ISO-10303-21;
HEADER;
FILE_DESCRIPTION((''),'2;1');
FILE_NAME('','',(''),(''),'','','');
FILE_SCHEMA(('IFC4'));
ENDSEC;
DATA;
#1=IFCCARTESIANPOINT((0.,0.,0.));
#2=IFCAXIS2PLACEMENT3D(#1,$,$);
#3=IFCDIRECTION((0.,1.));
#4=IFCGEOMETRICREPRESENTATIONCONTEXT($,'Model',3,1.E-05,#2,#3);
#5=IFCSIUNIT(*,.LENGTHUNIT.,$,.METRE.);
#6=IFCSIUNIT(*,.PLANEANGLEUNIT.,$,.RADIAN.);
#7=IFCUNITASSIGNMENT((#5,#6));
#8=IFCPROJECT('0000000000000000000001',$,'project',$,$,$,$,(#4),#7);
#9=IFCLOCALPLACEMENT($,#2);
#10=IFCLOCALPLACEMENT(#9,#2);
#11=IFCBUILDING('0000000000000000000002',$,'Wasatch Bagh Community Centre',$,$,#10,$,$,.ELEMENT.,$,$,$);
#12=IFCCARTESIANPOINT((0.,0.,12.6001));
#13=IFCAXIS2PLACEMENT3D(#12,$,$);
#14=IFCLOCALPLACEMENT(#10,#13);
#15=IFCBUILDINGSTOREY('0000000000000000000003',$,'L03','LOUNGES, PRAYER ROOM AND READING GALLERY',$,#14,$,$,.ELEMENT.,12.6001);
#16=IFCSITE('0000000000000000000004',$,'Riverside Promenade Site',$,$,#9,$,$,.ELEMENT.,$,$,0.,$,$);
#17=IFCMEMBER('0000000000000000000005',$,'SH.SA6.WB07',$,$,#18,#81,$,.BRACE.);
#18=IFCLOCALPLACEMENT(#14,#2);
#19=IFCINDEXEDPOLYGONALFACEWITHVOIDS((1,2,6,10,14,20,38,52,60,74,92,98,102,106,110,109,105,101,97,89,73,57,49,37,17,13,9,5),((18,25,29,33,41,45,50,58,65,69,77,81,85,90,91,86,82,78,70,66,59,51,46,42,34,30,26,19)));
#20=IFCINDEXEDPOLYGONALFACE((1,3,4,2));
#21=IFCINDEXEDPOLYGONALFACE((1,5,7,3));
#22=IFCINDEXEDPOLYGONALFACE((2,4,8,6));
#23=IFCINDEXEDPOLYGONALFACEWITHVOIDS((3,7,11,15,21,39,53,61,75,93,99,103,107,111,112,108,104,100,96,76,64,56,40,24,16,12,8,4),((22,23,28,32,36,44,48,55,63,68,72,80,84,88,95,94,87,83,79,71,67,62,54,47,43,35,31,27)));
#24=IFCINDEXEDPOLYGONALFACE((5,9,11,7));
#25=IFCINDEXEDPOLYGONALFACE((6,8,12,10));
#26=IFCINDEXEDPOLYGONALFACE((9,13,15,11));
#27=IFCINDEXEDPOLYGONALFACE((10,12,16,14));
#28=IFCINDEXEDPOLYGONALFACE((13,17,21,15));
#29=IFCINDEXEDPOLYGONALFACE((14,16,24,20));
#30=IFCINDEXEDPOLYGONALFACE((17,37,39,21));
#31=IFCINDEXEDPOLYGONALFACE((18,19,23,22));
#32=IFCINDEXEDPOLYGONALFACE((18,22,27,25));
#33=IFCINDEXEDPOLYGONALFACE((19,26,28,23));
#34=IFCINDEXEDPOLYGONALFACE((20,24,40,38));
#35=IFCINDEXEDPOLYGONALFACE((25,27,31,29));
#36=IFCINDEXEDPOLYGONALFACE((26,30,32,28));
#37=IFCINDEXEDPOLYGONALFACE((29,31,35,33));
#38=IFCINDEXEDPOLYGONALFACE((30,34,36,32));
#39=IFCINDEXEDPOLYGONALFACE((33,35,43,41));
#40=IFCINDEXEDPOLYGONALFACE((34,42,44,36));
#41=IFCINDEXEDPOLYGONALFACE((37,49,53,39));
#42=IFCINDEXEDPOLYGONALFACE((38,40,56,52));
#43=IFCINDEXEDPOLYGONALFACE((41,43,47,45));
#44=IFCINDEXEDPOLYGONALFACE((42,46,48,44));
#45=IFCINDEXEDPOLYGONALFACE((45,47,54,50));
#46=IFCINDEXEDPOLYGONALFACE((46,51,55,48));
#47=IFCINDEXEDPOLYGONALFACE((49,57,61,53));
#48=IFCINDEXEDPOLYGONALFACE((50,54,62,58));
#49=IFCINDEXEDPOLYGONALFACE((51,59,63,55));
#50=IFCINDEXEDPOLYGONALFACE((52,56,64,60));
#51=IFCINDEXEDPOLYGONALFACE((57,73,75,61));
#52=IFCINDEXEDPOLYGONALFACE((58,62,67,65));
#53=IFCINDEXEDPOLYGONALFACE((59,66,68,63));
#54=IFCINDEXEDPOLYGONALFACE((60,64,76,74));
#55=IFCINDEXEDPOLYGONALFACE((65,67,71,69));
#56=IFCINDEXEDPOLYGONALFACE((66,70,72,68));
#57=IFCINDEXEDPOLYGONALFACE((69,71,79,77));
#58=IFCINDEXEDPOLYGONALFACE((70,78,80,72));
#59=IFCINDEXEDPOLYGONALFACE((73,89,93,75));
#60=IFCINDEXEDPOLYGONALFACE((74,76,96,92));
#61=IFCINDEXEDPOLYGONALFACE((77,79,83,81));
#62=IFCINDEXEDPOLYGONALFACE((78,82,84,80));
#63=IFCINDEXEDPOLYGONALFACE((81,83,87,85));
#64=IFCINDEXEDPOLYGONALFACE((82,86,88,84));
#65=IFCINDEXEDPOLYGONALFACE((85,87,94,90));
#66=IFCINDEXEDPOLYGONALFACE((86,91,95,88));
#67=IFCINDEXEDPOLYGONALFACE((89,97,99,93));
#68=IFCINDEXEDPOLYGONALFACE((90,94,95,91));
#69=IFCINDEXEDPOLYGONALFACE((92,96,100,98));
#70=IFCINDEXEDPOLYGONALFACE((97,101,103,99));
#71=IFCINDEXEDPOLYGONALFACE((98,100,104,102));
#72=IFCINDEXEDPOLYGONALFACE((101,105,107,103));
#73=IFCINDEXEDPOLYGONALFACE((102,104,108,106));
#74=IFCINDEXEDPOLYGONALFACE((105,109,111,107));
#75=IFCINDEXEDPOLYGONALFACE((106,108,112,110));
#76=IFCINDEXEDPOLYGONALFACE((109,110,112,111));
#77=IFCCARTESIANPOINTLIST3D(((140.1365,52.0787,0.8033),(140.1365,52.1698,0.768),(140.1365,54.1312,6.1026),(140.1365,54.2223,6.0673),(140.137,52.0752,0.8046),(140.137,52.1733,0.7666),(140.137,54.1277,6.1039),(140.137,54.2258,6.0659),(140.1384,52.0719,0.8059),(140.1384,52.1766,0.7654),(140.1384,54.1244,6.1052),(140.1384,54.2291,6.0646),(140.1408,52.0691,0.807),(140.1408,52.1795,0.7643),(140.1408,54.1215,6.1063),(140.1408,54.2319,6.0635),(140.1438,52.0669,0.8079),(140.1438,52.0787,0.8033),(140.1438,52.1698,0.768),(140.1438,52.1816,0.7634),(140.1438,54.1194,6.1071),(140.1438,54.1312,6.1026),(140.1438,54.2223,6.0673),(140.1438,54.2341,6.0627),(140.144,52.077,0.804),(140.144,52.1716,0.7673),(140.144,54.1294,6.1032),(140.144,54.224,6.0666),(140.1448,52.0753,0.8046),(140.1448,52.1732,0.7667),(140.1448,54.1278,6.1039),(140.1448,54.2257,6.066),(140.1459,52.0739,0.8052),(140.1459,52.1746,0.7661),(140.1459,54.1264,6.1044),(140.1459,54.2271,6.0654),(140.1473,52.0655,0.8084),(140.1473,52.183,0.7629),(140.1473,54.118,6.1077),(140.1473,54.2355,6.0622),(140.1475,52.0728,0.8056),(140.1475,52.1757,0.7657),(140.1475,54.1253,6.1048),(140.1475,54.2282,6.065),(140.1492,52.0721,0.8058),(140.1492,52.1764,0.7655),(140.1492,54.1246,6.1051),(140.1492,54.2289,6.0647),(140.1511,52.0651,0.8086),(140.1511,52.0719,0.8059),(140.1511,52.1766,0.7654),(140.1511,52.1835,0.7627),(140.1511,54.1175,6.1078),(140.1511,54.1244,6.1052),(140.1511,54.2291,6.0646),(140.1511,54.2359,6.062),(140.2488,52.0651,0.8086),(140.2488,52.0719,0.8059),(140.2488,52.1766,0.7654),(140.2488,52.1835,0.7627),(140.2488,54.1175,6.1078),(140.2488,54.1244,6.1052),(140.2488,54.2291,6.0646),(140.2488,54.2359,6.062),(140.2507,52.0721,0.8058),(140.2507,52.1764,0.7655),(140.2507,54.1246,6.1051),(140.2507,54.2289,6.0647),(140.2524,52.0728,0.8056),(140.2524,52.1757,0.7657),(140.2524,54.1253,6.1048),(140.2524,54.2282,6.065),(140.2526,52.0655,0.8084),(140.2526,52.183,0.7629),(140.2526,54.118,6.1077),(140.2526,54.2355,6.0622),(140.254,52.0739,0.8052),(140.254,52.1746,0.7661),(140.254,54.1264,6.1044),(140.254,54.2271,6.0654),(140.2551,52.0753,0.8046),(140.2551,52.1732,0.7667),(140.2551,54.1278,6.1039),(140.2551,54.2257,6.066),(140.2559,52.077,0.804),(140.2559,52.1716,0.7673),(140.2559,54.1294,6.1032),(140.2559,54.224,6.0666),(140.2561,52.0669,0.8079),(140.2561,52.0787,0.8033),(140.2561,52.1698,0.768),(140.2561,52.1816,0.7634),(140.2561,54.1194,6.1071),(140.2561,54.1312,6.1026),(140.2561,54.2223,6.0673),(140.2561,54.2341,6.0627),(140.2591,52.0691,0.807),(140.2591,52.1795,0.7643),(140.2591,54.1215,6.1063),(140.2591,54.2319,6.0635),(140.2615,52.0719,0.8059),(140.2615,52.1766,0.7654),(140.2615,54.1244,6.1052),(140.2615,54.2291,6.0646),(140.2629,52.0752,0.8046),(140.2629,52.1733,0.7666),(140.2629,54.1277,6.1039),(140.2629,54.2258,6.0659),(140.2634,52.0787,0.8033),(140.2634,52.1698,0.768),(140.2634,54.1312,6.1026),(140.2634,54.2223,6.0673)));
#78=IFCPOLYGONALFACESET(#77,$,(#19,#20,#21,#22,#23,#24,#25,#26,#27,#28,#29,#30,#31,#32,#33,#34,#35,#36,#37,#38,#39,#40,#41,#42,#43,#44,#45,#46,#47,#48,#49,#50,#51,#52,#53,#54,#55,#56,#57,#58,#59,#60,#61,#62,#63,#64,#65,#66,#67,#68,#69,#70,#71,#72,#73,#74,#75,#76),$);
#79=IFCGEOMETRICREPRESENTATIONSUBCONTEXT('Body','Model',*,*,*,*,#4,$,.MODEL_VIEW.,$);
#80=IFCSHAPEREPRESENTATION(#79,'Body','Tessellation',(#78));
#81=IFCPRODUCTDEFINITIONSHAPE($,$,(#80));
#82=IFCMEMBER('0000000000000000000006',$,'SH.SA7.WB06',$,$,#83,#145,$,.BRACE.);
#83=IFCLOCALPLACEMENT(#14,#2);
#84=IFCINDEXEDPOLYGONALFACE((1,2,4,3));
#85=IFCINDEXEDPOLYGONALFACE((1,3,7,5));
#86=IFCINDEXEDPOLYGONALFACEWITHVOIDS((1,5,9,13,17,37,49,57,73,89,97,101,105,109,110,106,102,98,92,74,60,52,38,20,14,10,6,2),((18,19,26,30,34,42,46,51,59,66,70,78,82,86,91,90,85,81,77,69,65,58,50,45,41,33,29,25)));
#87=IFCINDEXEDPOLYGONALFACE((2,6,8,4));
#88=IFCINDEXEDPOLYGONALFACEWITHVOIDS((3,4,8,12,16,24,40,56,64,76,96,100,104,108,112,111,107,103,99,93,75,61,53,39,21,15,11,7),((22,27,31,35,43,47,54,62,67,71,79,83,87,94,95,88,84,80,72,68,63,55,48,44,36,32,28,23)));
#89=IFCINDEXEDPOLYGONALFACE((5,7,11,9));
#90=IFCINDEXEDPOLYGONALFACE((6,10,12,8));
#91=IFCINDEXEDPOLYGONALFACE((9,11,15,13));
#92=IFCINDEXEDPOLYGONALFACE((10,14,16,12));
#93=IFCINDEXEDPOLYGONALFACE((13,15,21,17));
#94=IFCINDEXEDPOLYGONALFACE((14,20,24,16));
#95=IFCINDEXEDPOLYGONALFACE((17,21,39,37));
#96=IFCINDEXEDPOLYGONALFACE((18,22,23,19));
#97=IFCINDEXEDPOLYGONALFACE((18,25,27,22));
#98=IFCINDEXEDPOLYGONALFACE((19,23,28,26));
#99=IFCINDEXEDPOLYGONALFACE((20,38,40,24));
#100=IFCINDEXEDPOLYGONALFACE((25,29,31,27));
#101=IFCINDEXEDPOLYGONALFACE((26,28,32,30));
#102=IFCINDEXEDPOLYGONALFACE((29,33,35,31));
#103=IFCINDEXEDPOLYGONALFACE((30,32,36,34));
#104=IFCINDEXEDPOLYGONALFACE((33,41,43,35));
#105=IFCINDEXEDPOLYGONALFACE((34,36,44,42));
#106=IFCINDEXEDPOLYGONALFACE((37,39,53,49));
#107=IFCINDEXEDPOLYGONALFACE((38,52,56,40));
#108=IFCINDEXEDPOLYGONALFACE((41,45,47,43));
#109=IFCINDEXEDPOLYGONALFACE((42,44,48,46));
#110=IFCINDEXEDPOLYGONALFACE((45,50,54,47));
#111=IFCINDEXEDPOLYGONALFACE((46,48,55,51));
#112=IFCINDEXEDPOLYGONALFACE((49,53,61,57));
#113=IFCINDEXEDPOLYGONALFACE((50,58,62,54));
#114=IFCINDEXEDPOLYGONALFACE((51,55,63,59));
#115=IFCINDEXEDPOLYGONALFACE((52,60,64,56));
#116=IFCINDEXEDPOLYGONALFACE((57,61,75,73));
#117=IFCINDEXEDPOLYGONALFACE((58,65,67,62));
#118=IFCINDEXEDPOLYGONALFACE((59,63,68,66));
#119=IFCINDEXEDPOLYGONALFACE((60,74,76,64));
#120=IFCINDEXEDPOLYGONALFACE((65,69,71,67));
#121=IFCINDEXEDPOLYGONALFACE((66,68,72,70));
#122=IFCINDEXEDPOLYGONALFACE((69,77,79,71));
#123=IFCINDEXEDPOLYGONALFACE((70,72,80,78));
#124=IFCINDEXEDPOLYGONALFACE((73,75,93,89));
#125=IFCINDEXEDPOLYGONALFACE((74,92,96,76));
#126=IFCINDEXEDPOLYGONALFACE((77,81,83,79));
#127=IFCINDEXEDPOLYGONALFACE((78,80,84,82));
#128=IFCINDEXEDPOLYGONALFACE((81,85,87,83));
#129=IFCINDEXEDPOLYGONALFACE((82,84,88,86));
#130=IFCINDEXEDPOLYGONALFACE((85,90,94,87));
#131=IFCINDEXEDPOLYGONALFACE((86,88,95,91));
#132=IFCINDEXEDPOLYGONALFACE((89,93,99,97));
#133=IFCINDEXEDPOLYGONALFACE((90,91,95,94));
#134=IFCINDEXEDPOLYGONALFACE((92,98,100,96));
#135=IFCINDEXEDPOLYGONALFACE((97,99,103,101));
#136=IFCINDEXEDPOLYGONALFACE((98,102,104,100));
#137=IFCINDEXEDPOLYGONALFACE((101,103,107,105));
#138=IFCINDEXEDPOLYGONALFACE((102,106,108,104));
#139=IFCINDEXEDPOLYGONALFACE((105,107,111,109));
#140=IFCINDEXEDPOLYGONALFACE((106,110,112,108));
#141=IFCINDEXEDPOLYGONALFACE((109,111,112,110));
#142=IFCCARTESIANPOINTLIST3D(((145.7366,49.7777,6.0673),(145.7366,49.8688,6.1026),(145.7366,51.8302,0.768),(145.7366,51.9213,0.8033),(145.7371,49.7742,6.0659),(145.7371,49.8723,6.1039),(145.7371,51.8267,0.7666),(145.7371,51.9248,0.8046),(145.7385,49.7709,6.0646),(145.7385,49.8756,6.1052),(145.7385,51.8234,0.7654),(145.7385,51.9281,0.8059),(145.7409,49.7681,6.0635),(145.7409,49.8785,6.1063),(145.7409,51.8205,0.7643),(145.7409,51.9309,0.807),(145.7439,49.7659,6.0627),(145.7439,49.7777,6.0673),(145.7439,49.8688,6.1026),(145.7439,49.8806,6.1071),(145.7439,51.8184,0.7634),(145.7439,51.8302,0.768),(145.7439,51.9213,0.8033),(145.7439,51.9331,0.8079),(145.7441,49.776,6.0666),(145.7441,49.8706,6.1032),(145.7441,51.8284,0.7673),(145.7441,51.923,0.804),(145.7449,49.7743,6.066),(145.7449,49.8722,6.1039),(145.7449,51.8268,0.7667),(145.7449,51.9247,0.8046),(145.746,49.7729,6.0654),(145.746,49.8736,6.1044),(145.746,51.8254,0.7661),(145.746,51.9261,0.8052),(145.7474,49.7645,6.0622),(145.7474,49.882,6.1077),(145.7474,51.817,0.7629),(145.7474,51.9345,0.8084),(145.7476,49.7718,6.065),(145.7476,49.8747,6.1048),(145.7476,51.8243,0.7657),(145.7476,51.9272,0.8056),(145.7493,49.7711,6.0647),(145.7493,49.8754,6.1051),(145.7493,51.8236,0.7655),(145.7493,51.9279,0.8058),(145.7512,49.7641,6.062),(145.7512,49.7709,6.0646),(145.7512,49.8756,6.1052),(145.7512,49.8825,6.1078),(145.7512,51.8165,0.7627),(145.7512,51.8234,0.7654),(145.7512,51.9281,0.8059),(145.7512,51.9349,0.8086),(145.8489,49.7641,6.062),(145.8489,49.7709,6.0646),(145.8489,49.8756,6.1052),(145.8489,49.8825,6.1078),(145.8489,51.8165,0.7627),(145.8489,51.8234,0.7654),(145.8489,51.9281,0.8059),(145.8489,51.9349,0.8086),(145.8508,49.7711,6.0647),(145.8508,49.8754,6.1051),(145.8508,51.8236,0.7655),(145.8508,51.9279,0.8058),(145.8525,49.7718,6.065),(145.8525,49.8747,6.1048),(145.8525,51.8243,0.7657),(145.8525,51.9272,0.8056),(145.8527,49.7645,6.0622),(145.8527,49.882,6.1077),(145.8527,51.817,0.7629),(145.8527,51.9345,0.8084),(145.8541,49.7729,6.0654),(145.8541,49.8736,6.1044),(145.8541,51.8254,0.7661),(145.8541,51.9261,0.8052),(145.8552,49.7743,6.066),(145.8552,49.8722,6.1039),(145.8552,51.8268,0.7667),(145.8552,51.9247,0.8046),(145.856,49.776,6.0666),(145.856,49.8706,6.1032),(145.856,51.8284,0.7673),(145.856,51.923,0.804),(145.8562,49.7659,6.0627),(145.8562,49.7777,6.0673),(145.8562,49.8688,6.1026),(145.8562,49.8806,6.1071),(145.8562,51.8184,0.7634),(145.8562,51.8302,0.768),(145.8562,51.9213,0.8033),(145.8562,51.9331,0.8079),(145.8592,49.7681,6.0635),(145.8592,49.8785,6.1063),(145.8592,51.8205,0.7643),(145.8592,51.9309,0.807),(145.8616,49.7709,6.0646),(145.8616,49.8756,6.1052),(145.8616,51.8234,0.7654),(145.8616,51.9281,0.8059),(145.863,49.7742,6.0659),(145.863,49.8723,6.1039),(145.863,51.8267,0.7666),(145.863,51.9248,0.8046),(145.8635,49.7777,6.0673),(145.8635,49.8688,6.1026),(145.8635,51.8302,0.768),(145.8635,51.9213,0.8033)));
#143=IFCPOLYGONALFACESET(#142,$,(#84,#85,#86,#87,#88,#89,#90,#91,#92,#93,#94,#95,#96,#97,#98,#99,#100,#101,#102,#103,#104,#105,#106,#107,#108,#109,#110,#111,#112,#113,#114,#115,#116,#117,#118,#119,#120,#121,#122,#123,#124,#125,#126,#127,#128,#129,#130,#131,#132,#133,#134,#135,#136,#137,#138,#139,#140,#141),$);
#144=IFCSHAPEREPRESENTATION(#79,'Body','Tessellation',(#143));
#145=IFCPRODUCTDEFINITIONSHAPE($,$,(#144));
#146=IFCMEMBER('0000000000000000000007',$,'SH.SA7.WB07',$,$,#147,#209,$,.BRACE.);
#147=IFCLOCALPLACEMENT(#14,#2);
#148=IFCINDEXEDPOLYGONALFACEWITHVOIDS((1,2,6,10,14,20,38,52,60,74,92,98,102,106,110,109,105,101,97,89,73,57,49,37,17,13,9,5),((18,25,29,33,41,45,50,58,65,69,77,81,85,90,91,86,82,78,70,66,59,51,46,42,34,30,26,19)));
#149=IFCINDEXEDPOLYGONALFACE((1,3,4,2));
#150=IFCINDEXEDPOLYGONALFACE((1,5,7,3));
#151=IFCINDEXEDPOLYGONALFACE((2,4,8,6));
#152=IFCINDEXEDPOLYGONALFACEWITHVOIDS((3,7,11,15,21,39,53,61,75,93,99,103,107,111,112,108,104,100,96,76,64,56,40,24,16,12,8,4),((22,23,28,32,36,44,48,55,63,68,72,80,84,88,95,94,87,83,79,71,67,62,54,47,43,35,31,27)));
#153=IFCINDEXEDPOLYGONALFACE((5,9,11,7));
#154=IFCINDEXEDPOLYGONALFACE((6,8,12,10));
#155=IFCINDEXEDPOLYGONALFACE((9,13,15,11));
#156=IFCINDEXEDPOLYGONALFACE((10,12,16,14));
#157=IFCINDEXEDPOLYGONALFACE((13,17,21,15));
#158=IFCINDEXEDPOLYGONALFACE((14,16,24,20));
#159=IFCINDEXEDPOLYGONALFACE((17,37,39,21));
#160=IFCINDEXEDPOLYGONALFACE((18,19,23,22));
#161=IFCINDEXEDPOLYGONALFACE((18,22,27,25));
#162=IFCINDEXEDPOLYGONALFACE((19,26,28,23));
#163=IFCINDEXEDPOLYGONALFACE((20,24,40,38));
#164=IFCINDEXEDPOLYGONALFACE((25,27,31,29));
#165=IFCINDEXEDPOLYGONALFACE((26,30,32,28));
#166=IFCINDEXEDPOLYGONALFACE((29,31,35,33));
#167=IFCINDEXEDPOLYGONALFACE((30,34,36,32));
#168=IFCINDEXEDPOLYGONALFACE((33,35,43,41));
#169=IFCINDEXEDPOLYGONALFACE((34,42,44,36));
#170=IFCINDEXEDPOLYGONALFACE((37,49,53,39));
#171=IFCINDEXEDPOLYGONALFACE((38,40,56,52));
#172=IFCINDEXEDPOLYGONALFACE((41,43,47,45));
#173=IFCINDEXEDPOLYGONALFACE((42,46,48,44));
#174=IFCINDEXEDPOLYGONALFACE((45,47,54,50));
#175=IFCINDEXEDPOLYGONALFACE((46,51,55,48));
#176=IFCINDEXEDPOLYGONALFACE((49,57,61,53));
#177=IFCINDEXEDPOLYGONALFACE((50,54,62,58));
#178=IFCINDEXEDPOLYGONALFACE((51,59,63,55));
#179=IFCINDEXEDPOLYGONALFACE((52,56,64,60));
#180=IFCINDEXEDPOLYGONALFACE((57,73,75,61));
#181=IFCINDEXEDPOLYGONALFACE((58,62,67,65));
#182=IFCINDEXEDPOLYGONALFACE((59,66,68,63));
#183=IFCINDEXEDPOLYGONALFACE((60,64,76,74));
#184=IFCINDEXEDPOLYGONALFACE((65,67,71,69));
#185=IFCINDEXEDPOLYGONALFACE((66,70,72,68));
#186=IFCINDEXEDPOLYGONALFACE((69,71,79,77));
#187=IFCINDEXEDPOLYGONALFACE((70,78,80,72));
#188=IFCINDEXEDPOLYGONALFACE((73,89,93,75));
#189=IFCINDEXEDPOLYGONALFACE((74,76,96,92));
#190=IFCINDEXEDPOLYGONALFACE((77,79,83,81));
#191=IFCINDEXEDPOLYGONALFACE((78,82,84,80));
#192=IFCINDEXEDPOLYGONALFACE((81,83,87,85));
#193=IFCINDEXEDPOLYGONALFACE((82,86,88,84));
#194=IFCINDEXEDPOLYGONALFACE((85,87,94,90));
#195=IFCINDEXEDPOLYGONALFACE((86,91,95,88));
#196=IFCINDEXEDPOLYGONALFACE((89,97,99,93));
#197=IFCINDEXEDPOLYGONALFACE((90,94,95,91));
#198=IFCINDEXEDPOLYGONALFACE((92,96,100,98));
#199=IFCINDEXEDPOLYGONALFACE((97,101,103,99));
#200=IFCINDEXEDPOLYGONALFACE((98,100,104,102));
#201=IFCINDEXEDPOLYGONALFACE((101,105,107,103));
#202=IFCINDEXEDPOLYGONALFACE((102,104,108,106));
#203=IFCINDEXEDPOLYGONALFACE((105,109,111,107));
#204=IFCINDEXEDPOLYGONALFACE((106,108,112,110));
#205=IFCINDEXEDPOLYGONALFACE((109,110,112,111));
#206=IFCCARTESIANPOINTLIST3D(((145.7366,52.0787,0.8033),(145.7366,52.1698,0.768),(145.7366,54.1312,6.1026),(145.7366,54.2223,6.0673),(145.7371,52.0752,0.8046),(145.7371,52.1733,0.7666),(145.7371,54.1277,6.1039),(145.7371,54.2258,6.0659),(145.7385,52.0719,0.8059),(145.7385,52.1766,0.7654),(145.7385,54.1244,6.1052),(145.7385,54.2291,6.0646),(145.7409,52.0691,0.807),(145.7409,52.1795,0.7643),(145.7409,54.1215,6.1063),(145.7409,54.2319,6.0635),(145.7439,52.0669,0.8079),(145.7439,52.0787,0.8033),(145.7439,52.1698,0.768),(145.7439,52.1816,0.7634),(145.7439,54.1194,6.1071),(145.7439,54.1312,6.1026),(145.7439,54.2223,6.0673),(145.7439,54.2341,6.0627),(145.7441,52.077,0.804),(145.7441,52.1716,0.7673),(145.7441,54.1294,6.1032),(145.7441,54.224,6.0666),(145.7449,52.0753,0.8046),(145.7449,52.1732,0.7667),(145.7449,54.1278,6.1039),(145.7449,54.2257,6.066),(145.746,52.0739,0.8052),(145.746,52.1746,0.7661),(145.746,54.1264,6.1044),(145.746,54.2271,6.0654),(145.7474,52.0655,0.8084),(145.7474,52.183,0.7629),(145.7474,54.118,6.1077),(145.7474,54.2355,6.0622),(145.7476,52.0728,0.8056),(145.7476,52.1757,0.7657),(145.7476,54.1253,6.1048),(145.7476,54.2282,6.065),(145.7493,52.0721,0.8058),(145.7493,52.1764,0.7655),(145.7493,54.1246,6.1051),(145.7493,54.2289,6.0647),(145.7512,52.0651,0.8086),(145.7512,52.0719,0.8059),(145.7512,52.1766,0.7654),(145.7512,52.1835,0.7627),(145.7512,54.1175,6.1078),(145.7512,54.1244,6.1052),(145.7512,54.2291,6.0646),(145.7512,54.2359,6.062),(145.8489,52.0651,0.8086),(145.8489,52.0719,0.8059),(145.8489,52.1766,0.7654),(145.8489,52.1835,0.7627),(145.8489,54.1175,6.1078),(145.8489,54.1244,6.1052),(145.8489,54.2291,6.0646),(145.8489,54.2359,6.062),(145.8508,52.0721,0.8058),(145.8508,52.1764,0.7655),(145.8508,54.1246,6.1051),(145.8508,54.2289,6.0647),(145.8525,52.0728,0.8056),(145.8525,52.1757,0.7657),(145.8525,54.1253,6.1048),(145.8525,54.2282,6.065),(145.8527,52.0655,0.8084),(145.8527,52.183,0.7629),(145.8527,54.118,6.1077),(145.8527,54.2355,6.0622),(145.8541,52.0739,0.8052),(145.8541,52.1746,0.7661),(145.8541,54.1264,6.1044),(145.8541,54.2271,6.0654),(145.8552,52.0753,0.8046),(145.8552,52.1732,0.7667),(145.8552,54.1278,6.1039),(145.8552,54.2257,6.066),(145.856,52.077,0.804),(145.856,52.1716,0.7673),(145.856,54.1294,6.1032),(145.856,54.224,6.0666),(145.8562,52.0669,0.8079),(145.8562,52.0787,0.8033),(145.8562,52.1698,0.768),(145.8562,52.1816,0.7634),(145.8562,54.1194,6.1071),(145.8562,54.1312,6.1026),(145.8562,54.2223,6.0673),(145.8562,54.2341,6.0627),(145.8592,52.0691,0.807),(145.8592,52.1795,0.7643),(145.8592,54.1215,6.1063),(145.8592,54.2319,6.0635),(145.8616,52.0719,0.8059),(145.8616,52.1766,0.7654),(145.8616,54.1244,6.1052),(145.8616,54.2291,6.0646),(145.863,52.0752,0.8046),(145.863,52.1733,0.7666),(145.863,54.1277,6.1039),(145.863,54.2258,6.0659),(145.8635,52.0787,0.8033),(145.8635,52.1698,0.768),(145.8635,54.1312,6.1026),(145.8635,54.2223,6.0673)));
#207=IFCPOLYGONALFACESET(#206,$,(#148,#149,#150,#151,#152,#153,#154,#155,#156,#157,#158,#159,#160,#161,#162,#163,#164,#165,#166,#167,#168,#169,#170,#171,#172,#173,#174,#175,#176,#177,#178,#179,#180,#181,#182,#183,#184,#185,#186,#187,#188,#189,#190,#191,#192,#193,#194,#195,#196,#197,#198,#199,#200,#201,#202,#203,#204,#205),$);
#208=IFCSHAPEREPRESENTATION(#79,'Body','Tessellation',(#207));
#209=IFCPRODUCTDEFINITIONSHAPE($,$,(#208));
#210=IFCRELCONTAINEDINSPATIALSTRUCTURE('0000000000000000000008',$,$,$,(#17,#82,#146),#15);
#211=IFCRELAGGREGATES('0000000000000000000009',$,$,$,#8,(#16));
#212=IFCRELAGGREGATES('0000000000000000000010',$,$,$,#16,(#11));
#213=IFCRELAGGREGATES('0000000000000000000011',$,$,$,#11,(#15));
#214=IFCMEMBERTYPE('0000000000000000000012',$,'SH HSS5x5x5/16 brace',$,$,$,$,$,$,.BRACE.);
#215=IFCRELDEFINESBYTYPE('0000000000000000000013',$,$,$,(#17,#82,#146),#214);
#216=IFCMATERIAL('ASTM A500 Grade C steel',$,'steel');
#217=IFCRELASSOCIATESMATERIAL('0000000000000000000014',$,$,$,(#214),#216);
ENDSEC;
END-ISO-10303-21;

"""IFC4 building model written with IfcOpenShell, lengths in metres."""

from ifc_helpers import new_model, si_unit, direction, frame, origin, origin_2d, place, context, subcontext, project, spatial, hollow_rectangle, extrude, material, material_profile, profile_set, type_object, element, save


model = new_model("IFC4")

# Units and contexts
model_context = context("Model", 3, precision=1e-05, world=origin(), true_north=direction((0.0, 1.0)))
body_context = subcontext(model_context, "Body", "Model", "MODEL_VIEW")
ifc_project = project(units=[si_unit("LENGTHUNIT", "METRE"), si_unit("PLANEANGLEUNIT", "RADIAN")], contexts=[model_context])

# Site, building, storey
site_placement = place(None, origin())
site = spatial("IfcSite", under=ifc_project, at=site_placement, Name="Riverside Promenade Site", CompositionType="ELEMENT", RefElevation=0.0)
building_placement = place(site_placement, origin())
building = spatial("IfcBuilding", under=site, at=building_placement, Name="Wasatch Bagh Community Centre", CompositionType="ELEMENT")
storey_placement = place(building_placement, frame((0.0, 0.0, 12.6001)))
storey = spatial("IfcBuildingStorey", under=building, at=storey_placement, Name="L03", Description="LOUNGES, PRAYER ROOM AND READING GALLERY", CompositionType="ELEMENT", Elevation=12.6001)

# Members
ifc_material_1 = material(Name="ASTM A500 Grade C steel", Category="steel")
ifc_material_profile_1 = material_profile(ifc_material_1, hollow_rectangle(XDim=0.127, YDim=0.127, WallThickness=0.0073, InnerFilletRadius=0.0073, OuterFilletRadius=0.0146, at=origin_2d()), Name="HSS5x5x5/16")
ifc_profile_set_1 = profile_set([ifc_material_profile_1], Name="ASTM A500 Grade C steel")
member_type_1 = type_object("IfcMemberType", Name="SH HSS5x5x5/16 brace", PredefinedType="BRACE", material=ifc_profile_set_1)
for number, where, z_axis, x_axis, name in (
    (1, (140.2, 52.1243, 0.7856), (0.0, 0.361169, 0.9325), (-1.0, 0.0, 0.0), "SH.SA6.WB07"),
    (2, (145.8, 51.8757, 0.7856), (0.0, -0.361169, 0.9325), (1.0, 0.0, 0.0), "SH.SA7.WB06"),
    (3, (145.8, 52.1243, 0.7856), (0.0, 0.361169, 0.9325), (-1.0, 0.0, 0.0), "SH.SA7.WB07"),
):
    element("IfcMember", number, at=place(storey_placement, frame(where, z_axis=z_axis, x_axis=x_axis)), inside=storey, type_object=member_type_1, Name=name, PredefinedType="BRACE", context=body_context, shape_type="SweptSolid", body=[
        extrude(hollow_rectangle(XDim=0.127, YDim=0.127, WallThickness=0.0073, InnerFilletRadius=0.0073, OuterFilletRadius=0.0146, at=origin_2d()), origin(), (0.0, 0.0, 1.0), 5.6829),
    ])

save(model, "model.ifc")
